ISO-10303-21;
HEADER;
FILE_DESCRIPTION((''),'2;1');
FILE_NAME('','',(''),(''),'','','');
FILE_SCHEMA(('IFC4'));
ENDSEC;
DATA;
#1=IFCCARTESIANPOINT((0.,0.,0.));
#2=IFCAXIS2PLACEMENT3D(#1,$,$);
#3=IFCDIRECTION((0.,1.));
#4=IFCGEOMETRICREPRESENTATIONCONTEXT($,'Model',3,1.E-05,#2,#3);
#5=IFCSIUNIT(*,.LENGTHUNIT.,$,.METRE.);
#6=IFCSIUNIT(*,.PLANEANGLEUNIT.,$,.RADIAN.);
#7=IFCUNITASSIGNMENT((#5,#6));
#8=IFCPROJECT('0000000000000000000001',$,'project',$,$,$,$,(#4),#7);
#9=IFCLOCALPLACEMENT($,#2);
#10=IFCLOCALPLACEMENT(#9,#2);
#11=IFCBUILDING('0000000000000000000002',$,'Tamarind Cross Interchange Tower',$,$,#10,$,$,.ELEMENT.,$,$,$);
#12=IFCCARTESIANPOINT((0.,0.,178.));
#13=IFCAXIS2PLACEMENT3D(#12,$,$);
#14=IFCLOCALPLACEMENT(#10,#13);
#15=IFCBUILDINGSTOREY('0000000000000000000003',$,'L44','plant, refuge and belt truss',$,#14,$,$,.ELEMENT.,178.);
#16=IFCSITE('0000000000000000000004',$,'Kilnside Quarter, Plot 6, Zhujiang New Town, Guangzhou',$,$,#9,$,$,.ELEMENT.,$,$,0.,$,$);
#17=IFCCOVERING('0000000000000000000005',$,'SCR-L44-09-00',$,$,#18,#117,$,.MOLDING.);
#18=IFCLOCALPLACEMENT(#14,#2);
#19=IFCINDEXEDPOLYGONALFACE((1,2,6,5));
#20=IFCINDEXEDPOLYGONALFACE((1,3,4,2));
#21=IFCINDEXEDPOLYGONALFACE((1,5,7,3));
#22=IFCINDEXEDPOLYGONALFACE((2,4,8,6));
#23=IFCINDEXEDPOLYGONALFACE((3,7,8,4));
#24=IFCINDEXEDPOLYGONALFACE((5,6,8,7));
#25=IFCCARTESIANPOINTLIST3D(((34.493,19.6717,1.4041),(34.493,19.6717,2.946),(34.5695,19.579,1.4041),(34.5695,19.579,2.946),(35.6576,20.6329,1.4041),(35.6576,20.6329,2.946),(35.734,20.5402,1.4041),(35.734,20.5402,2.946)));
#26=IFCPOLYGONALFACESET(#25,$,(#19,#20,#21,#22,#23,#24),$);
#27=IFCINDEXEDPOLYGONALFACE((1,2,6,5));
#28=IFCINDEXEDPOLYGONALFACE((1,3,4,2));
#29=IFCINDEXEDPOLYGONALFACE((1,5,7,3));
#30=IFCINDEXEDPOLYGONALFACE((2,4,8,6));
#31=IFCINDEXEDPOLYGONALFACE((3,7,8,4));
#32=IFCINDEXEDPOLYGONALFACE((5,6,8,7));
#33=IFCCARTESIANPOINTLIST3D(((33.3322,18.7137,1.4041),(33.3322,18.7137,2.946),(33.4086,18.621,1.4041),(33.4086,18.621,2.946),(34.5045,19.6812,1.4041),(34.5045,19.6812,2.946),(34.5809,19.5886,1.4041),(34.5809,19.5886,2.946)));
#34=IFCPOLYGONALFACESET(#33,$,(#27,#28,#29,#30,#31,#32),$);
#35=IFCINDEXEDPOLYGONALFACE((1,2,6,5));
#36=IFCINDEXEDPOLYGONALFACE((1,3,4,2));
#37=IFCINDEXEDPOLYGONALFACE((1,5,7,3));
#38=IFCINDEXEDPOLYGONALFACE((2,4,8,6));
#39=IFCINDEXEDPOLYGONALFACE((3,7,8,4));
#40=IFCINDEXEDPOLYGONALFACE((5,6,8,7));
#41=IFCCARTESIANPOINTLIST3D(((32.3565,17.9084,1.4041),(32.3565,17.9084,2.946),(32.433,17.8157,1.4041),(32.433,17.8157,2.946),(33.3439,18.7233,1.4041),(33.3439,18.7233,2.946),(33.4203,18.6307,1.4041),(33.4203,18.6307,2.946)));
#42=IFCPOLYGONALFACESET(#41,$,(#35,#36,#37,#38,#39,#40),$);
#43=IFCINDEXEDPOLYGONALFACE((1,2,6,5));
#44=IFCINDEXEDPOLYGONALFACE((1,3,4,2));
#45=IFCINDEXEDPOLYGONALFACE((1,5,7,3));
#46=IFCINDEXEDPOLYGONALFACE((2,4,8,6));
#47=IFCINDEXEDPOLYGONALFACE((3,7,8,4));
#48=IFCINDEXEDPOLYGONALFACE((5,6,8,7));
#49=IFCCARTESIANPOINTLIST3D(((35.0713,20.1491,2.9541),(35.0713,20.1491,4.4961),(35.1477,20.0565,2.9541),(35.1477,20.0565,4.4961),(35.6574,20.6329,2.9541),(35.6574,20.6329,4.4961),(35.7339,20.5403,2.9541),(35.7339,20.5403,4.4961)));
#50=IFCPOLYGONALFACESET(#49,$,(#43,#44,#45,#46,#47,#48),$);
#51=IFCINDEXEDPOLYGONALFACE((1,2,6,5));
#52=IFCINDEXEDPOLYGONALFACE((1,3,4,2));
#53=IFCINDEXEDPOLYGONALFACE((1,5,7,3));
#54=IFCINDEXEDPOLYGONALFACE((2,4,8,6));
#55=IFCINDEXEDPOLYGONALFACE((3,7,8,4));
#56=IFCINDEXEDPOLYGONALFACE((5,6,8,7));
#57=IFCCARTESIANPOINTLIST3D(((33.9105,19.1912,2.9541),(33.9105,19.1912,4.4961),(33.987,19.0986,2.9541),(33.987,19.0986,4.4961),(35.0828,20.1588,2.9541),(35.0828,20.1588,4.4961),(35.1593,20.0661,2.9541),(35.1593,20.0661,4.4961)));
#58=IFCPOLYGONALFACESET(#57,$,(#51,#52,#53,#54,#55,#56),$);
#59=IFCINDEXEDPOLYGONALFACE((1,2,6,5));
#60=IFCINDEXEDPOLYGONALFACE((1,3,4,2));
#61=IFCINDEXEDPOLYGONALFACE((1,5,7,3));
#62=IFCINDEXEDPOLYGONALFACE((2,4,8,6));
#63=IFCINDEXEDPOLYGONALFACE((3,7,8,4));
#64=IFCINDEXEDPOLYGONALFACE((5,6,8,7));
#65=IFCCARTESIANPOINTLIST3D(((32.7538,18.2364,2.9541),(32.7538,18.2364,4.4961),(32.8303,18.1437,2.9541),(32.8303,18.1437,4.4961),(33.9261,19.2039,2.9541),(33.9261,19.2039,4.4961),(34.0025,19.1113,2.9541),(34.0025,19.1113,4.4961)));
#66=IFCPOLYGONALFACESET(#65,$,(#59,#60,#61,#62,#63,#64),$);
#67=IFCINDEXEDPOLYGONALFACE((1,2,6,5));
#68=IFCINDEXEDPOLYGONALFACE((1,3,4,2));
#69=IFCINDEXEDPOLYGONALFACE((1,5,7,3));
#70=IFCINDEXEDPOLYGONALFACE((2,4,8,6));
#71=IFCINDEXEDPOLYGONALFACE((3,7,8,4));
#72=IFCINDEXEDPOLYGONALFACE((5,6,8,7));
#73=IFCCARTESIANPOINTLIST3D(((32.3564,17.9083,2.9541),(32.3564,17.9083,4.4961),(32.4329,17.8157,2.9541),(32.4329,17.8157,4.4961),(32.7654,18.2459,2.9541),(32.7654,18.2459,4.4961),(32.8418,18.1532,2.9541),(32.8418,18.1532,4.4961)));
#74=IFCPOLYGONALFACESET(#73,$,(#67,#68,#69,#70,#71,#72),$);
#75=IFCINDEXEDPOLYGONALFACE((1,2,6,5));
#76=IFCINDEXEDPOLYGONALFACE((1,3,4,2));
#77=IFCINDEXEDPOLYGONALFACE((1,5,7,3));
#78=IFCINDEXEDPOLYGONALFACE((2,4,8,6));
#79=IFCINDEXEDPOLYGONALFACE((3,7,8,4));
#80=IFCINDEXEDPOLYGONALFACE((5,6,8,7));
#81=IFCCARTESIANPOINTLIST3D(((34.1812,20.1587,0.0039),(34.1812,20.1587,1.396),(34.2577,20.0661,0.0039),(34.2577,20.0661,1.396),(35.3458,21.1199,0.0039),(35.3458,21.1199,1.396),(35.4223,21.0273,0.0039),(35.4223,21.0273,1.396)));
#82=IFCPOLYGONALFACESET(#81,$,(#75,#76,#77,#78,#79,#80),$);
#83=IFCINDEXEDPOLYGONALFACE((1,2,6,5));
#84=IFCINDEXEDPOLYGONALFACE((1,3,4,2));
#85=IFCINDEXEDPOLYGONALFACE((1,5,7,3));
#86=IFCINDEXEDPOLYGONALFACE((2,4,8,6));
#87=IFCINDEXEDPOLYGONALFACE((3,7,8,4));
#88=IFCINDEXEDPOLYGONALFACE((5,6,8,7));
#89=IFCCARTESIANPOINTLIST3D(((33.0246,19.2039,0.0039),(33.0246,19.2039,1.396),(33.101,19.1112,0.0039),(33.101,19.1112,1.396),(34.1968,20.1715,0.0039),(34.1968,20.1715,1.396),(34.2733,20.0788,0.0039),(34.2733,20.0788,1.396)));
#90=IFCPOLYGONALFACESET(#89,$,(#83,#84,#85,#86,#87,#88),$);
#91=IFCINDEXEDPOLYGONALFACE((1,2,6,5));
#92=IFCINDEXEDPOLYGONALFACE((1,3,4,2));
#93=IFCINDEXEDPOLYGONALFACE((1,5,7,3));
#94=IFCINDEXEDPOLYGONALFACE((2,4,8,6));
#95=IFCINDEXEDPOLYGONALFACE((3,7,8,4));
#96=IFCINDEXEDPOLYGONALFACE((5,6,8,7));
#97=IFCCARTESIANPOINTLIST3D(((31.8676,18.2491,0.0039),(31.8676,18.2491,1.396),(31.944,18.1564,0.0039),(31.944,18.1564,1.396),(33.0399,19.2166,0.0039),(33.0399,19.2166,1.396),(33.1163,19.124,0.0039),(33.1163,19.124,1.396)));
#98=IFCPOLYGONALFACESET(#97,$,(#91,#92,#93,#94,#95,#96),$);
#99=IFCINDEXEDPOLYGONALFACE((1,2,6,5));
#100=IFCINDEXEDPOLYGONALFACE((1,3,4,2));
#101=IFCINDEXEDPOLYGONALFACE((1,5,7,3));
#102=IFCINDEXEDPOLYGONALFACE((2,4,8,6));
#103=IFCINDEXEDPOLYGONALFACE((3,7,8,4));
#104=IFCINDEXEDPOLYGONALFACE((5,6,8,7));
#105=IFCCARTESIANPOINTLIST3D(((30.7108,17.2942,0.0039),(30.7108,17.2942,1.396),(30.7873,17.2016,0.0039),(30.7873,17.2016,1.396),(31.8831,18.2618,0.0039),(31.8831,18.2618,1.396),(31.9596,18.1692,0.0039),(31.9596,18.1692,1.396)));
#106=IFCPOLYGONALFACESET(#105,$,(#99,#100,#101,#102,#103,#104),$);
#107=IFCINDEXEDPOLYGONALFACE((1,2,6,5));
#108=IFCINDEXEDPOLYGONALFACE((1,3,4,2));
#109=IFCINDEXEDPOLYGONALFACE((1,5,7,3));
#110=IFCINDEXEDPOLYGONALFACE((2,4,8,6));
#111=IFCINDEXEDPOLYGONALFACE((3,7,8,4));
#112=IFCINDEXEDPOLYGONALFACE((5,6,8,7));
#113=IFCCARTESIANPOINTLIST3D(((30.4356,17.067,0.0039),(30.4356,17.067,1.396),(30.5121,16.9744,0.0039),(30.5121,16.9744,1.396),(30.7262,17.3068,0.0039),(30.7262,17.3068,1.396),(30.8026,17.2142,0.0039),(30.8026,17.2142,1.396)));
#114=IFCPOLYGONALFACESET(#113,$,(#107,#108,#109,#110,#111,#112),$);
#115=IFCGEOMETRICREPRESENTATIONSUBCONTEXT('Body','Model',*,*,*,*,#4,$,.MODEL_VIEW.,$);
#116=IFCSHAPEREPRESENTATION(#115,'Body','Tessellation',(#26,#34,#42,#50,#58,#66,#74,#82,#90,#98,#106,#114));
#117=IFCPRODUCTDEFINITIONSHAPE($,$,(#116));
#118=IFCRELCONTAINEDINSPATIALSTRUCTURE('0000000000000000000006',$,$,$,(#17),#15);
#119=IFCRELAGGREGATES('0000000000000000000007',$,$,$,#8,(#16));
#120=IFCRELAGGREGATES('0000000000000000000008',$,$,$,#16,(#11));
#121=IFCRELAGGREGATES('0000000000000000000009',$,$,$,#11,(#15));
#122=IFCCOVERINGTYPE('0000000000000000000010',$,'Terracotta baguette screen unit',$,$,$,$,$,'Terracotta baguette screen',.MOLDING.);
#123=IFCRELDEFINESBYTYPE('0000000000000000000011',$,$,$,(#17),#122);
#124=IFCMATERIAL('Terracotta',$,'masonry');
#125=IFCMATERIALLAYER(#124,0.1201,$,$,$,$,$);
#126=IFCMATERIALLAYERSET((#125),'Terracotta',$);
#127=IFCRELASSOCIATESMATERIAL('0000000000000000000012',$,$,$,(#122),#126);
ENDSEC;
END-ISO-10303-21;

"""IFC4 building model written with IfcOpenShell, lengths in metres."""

from ifc_helpers import new_model, si_unit, direction, frame, origin, origin_2d, place, context, subcontext, project, spatial, rectangle, extrude, material, layer, layer_set, type_object, element, save


model = new_model("IFC4")

# Units and contexts
model_context = context("Model", 3, precision=1e-05, world=origin(), true_north=direction((0.0, 1.0)))
body_context = subcontext(model_context, "Body", "Model", "MODEL_VIEW")
ifc_project = project(units=[si_unit("LENGTHUNIT", "METRE"), si_unit("PLANEANGLEUNIT", "RADIAN")], contexts=[model_context])

# Site, building, storey
site_placement = place(None, origin())
site = spatial("IfcSite", under=ifc_project, at=site_placement, Name="Kilnside Quarter, Plot 6, Zhujiang New Town, Guangzhou", CompositionType="ELEMENT", RefElevation=0.0)
building_placement = place(site_placement, origin())
building = spatial("IfcBuilding", under=site, at=building_placement, Name="Tamarind Cross Interchange Tower", CompositionType="ELEMENT")
storey_placement = place(building_placement, frame((0.0, 0.0, 178.0)))
storey = spatial("IfcBuildingStorey", under=building, at=storey_placement, Name="L44", Description="plant, refuge and belt truss", CompositionType="ELEMENT", Elevation=178.0)

# Covering
ifc_material_1 = material(Name="Terracotta", Category="masonry")
ifc_layer_1 = layer(ifc_material_1, 0.1201)
ifc_layer_set_1 = layer_set([ifc_layer_1], Name="Terracotta")
covering_type = type_object("IfcCoveringType", Name="Terracotta baguette screen unit", ElementType="Terracotta baguette screen", PredefinedType="MOLDING", material=ifc_layer_set_1)
covering_1_placement = place(storey_placement, origin())
element("IfcCovering", 1, at=covering_1_placement, inside=storey, type_object=covering_type, Name="SCR-L44-09-00", PredefinedType="MOLDING", context=body_context, shape_type="SweptSolid", body=[
    extrude(rectangle(XDim=1.51, YDim=0.1201, at=origin_2d()), frame((35.1135, 20.106, 1.4041), z_axis=(0.0, 0.0, 1.0), x_axis=(-0.771227, -0.63656, 0.0)), (0.0, 0.0, 1.0), 1.542),
    extrude(rectangle(XDim=1.52, YDim=0.1201, at=origin_2d()), frame((33.9565, 19.1511, 1.4041), z_axis=(0.0, 0.0, 1.0), x_axis=(-0.771227, -0.63656, 0.0)), (0.0, 0.0, 1.0), 1.542),
    extrude(rectangle(XDim=1.2803, YDim=0.1201, at=origin_2d()), frame((32.8884, 18.2695, 1.4041), z_axis=(0.0, 0.0, 1.0), x_axis=(-0.771227, -0.63656, 0.0)), (0.0, 0.0, 1.0), 1.542),
    extrude(rectangle(XDim=0.76, YDim=0.1201, at=origin_2d()), frame((35.4026, 20.3447, 2.9541), z_axis=(0.0, 0.0, 1.0), x_axis=(-0.771227, -0.63656, 0.0)), (0.0, 0.0, 1.0), 1.542),
    extrude(rectangle(XDim=1.52, YDim=0.1201, at=origin_2d()), frame((34.5349, 19.6287, 2.9541), z_axis=(0.0, 0.0, 1.0), x_axis=(-0.771227, -0.63656, 0.0)), (0.0, 0.0, 1.0), 1.542),
    extrude(rectangle(XDim=1.52, YDim=0.1201, at=origin_2d()), frame((33.3782, 18.6738, 2.9541), z_axis=(0.0, 0.0, 1.0), x_axis=(-0.771227, -0.63656, 0.0)), (0.0, 0.0, 1.0), 1.542),
    extrude(rectangle(XDim=0.5303, YDim=0.1201, at=origin_2d()), frame((32.5991, 18.0308, 2.9541), z_axis=(0.0, 0.0, 1.0), x_axis=(-0.771227, -0.63656, 0.0)), (0.0, 0.0, 1.0), 1.542),
    extrude(rectangle(XDim=1.51, YDim=0.1201, at=origin_2d()), frame((34.8018, 20.593, 0.0039), z_axis=(0.0, 0.0, 1.0), x_axis=(-0.771227, -0.63656, 0.0)), (0.0, 0.0, 1.0), 1.3921),
    extrude(rectangle(XDim=1.52, YDim=0.1201, at=origin_2d()), frame((33.6489, 19.6414, 0.0039), z_axis=(0.0, 0.0, 1.0), x_axis=(-0.771227, -0.63656, 0.0)), (0.0, 0.0, 1.0), 1.3921),
    extrude(rectangle(XDim=1.52, YDim=0.1201, at=origin_2d()), frame((32.4919, 18.6865, 0.0039), z_axis=(0.0, 0.0, 1.0), x_axis=(-0.771227, -0.63656, 0.0)), (0.0, 0.0, 1.0), 1.3921),
    extrude(rectangle(XDim=1.52, YDim=0.1201, at=origin_2d()), frame((31.3352, 17.7317, 0.0039), z_axis=(0.0, 0.0, 1.0), x_axis=(-0.771227, -0.63656, 0.0)), (0.0, 0.0, 1.0), 1.3921),
    extrude(rectangle(XDim=0.3767, YDim=0.1201, at=origin_2d()), frame((30.6191, 17.1406, 0.0039), z_axis=(0.0, 0.0, 1.0), x_axis=(-0.771227, -0.63656, 0.0)), (0.0, 0.0, 1.0), 1.3921),
])

save(model, "model.ifc")
